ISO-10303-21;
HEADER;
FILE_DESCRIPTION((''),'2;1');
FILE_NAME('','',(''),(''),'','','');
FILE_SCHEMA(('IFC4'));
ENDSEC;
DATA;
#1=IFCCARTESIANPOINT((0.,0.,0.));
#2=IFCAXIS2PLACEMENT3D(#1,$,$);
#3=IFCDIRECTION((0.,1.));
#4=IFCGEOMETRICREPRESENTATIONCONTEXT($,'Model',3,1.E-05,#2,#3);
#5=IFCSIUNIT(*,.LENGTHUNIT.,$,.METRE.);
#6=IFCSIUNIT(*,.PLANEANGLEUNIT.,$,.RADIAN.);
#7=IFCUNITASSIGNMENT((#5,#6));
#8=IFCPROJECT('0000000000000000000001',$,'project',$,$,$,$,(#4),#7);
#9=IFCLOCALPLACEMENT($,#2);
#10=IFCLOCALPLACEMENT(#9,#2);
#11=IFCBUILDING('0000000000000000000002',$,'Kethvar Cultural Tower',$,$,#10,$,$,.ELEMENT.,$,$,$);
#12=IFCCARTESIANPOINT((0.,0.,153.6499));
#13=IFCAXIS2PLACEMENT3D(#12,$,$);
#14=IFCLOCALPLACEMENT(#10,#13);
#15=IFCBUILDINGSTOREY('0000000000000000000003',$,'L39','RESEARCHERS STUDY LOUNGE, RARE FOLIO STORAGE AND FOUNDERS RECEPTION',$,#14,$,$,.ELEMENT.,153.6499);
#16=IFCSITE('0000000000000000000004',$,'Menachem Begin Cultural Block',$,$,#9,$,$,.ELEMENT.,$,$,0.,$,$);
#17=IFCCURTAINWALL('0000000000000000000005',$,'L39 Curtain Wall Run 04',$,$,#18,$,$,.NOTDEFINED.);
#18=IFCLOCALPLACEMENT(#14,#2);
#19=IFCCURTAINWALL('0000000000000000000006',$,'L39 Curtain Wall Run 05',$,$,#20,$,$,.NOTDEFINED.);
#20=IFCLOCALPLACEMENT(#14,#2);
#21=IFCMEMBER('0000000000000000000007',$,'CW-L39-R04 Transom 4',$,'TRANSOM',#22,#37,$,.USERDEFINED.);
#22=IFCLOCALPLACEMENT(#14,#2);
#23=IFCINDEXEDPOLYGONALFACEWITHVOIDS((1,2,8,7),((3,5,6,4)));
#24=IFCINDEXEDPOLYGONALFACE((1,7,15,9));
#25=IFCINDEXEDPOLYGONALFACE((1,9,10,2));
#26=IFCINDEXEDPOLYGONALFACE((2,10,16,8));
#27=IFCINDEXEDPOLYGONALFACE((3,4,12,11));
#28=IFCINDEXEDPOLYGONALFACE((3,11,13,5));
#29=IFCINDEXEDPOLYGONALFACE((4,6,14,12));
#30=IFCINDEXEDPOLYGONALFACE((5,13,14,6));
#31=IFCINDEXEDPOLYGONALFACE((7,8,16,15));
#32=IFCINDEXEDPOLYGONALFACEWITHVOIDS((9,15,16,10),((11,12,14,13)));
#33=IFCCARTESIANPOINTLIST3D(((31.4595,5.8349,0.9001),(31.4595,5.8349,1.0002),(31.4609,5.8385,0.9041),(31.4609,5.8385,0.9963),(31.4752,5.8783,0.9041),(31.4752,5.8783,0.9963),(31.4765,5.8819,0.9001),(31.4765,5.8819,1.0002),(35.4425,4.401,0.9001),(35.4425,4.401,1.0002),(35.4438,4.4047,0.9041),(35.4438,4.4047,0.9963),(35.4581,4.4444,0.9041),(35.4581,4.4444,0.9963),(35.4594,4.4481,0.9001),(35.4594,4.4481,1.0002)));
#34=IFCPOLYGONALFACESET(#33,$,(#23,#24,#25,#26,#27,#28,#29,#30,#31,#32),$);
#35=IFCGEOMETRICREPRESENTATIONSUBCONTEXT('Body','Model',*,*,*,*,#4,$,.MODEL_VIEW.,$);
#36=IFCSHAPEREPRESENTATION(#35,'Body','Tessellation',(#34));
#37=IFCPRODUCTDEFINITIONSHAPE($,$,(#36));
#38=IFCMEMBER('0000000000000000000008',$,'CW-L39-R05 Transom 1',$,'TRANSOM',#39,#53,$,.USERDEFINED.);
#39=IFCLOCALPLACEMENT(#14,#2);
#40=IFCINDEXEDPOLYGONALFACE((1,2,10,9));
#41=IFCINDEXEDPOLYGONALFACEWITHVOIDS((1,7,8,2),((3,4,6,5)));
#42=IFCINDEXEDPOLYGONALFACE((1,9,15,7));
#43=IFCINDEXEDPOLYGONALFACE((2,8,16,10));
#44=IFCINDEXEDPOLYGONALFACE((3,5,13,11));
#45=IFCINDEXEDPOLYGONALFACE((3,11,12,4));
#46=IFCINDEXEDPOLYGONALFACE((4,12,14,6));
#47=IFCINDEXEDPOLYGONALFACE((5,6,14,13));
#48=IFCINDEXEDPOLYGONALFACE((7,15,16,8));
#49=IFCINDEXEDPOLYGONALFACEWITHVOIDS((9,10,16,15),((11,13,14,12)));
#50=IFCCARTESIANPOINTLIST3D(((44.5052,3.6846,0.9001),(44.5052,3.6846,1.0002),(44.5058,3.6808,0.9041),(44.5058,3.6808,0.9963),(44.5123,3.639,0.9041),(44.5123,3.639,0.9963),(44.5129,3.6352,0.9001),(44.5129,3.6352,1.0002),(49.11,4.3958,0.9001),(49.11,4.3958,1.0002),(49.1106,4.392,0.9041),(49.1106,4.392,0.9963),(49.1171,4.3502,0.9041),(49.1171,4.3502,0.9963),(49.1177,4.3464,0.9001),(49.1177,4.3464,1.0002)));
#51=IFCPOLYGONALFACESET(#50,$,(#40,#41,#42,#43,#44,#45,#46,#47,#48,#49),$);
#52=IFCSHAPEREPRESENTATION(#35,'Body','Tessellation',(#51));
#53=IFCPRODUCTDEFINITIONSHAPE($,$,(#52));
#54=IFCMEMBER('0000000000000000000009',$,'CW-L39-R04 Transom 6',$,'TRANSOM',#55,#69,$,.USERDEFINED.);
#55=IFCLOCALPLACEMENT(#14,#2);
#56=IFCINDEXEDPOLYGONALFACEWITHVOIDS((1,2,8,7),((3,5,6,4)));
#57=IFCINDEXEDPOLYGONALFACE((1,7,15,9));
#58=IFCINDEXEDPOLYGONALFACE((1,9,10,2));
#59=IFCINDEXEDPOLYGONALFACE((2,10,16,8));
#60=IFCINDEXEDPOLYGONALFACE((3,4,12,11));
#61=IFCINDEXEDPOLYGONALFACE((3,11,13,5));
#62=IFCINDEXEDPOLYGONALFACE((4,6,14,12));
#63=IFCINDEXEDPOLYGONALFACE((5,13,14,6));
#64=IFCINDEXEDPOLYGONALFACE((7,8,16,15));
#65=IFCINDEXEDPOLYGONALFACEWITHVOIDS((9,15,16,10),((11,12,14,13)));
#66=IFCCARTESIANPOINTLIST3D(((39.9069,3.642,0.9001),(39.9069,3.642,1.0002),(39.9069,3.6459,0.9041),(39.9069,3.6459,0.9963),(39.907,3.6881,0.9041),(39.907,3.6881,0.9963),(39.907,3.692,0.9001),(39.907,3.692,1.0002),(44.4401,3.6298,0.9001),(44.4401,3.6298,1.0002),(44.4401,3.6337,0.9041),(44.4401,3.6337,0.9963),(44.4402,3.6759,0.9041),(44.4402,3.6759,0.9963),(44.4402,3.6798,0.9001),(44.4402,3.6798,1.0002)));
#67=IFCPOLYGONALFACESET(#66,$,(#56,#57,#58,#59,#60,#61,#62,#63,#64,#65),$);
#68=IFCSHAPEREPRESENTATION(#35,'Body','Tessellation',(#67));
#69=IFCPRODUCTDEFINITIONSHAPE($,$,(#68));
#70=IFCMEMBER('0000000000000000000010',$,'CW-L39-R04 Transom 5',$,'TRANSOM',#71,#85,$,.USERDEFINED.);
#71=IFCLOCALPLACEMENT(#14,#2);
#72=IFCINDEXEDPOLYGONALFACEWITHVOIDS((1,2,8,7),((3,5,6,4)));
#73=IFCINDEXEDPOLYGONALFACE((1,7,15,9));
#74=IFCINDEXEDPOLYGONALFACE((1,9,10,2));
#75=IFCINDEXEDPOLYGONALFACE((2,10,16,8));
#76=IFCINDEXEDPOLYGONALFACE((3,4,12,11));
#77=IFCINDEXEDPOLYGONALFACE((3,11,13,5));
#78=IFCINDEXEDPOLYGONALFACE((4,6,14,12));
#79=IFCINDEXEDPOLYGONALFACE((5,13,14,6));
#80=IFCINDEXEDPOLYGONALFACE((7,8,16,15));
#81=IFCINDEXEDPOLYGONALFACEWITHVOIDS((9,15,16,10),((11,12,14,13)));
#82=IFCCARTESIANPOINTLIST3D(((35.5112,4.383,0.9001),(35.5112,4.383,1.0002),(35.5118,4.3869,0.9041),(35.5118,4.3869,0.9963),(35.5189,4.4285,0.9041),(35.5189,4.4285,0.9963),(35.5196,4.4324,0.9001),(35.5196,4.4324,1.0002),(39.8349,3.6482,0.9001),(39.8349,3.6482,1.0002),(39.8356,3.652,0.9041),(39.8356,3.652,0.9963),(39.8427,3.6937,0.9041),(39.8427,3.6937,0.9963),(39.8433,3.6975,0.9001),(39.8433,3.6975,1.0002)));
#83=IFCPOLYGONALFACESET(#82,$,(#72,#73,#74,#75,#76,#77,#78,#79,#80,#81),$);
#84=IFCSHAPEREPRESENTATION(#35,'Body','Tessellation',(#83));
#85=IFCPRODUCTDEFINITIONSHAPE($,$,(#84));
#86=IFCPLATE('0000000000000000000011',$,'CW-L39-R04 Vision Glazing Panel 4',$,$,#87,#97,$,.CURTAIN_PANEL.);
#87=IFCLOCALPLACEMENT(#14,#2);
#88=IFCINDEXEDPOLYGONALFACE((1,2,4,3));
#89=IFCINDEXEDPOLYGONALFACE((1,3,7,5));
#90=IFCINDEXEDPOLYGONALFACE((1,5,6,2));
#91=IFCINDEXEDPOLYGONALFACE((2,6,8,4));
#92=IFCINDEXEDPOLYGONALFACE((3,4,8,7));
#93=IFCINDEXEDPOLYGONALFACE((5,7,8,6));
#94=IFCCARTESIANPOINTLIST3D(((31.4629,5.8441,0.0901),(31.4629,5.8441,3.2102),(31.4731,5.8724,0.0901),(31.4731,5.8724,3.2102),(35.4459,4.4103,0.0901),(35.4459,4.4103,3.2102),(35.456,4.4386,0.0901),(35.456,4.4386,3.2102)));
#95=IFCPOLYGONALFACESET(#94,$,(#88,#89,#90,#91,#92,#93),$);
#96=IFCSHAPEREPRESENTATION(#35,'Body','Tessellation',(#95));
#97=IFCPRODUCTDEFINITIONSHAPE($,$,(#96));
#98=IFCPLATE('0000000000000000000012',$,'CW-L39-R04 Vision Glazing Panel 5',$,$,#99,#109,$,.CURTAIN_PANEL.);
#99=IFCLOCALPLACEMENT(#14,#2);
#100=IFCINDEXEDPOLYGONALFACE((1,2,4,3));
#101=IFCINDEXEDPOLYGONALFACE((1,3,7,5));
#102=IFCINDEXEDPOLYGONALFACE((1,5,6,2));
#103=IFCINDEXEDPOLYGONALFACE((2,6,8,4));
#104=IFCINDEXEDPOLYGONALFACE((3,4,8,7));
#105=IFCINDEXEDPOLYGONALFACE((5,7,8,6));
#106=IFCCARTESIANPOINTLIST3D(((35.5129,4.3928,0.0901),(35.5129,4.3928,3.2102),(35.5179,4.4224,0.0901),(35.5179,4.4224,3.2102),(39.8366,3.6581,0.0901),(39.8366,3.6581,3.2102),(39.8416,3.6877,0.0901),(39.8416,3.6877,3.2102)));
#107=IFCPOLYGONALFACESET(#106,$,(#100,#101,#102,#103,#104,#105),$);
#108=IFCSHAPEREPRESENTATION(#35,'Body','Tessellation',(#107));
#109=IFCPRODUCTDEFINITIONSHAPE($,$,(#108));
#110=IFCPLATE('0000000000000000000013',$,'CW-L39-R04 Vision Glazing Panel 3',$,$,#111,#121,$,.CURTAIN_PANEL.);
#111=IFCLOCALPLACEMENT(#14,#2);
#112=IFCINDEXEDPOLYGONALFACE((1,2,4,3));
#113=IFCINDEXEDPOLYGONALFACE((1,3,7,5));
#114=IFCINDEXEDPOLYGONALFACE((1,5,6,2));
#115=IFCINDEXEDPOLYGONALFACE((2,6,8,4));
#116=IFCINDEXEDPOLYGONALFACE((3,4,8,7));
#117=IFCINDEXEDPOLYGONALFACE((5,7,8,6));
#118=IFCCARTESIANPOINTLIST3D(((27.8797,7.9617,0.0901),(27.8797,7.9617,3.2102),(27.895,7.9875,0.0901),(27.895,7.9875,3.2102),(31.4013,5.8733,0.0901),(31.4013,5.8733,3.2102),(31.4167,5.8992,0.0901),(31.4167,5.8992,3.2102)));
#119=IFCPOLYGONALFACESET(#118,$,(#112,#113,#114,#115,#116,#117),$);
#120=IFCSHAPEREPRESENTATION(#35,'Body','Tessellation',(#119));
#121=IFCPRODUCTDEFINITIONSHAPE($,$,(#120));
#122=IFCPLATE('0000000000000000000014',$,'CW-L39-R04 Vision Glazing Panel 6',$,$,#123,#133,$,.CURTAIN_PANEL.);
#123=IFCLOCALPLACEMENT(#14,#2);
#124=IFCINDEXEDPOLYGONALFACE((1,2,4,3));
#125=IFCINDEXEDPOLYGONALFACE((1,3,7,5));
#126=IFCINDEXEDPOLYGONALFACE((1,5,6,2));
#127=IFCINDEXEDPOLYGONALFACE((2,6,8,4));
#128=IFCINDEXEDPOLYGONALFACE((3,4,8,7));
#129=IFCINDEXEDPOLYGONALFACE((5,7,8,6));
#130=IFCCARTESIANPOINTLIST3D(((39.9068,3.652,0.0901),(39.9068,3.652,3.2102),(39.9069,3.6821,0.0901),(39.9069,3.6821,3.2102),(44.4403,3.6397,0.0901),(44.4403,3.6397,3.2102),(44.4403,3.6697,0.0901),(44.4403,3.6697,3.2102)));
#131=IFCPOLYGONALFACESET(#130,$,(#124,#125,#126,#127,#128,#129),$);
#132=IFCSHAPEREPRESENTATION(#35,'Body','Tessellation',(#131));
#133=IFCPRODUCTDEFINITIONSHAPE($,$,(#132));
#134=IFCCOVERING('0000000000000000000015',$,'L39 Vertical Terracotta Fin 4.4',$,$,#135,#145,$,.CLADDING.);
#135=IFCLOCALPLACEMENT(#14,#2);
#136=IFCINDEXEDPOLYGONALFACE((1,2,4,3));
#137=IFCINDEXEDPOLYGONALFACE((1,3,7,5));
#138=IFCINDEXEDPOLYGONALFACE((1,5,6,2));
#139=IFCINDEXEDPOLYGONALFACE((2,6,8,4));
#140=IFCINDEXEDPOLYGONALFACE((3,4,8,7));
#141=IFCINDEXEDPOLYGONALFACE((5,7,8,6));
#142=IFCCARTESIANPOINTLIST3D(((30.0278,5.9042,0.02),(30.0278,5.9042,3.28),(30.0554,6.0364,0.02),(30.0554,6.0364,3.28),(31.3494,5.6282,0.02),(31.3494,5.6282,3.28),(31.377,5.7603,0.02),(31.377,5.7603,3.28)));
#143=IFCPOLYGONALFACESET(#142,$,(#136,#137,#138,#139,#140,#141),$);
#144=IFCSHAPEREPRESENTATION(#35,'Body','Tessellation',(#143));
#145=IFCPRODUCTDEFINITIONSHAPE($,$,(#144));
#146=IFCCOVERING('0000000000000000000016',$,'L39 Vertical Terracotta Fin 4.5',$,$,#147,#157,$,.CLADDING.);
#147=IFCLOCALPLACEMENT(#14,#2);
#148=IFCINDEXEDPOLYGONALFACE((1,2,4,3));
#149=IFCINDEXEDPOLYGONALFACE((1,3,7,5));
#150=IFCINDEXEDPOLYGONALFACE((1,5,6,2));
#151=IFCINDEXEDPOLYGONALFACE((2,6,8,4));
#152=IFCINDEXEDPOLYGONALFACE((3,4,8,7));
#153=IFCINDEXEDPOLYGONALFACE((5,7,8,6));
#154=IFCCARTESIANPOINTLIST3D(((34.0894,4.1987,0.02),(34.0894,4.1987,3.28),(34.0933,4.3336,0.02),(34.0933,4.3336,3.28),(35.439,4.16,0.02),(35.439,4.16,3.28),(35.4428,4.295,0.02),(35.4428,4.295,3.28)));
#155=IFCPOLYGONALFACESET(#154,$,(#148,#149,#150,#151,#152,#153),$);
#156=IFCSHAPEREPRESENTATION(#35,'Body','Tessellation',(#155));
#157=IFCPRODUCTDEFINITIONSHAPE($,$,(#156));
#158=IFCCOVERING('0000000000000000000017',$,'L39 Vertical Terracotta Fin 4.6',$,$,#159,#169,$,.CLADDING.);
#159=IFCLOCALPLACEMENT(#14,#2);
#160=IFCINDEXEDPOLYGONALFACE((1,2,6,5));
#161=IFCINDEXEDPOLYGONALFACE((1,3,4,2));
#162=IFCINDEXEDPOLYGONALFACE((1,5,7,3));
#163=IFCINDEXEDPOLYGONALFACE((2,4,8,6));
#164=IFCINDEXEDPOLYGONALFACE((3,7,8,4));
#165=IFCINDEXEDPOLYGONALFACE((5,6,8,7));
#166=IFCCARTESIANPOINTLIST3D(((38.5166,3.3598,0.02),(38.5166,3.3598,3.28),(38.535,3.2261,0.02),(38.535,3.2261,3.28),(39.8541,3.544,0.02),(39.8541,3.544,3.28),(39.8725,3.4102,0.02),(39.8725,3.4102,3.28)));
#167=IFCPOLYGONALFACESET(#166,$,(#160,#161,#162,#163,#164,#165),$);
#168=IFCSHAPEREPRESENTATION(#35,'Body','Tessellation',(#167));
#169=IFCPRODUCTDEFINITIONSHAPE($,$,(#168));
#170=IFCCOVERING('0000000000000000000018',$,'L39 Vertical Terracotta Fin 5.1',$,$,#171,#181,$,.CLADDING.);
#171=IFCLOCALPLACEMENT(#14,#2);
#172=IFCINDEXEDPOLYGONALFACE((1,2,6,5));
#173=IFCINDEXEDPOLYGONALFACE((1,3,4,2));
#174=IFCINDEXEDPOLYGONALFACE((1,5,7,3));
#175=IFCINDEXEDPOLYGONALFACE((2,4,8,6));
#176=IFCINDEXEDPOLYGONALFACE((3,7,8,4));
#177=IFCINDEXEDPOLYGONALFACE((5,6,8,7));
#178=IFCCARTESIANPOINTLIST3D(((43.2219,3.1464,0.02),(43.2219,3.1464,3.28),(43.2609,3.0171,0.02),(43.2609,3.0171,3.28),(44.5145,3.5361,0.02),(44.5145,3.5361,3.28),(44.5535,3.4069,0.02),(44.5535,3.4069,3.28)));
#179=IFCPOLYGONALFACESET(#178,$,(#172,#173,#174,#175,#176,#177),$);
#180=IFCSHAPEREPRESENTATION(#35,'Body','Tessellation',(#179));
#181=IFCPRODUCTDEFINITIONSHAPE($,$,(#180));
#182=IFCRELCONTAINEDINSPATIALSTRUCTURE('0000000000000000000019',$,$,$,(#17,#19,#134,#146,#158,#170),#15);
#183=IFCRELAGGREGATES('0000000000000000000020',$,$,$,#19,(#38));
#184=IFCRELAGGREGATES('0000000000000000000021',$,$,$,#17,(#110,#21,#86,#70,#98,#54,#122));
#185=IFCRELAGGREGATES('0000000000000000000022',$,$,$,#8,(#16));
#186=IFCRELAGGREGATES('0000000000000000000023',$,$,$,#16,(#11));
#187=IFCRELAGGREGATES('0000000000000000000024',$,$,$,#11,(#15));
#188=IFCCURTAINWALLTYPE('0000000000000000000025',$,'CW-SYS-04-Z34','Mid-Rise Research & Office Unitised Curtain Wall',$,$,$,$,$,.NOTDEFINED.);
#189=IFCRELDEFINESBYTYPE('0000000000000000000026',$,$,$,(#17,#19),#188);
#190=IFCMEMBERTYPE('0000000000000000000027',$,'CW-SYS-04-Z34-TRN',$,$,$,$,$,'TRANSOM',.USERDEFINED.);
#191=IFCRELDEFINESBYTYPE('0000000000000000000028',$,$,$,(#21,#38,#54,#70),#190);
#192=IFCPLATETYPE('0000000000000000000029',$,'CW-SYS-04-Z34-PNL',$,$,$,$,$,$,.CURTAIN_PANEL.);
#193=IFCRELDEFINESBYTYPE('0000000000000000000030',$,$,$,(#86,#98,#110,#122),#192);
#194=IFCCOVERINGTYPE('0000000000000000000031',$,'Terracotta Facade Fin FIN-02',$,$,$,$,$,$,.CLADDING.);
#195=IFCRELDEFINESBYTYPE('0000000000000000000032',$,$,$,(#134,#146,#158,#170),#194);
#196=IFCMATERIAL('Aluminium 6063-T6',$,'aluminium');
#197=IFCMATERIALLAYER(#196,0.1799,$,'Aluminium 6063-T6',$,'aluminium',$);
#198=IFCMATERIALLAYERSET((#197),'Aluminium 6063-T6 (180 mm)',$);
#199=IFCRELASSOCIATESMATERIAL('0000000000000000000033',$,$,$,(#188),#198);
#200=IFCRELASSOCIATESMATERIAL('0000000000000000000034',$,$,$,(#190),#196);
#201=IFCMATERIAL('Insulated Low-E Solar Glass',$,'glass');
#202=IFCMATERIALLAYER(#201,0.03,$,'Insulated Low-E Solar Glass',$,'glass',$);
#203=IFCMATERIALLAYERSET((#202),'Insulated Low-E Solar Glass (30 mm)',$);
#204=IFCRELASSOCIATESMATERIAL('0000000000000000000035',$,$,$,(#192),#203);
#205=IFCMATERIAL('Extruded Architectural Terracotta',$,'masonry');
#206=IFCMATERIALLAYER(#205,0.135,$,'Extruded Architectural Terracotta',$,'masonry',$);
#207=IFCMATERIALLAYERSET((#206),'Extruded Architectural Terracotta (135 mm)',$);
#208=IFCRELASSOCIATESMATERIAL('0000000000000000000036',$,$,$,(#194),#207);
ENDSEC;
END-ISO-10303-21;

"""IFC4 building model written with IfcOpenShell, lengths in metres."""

from ifc_helpers import new_model, si_unit, direction, frame, origin, origin_2d, place, context, subcontext, project, spatial, rectangle, hollow_rectangle, extrude, source, transform, mapped, material, layer, layer_set, material_profile, profile_set, type_object, element, aggregate, save


model = new_model("IFC4")

# Units and contexts
model_context = context("Model", 3, precision=1e-05, world=origin(), true_north=direction((0.0, 1.0)))
body_context = subcontext(model_context, "Body", "Model", "MODEL_VIEW")
ifc_project = project(units=[si_unit("LENGTHUNIT", "METRE"), si_unit("PLANEANGLEUNIT", "RADIAN")], contexts=[model_context])

# Site, building, storey
site_placement = place(None, origin())
site = spatial("IfcSite", under=ifc_project, at=site_placement, Name="Menachem Begin Cultural Block", CompositionType="ELEMENT", RefElevation=0.0)
building_placement = place(site_placement, origin())
building = spatial("IfcBuilding", under=site, at=building_placement, Name="Kethvar Cultural Tower", CompositionType="ELEMENT")
storey_placement = place(building_placement, frame((0.0, 0.0, 153.6499)))
storey = spatial("IfcBuildingStorey", under=building, at=storey_placement, Name="L39", Description="RESEARCHERS STUDY LOUNGE, RARE FOLIO STORAGE AND FOUNDERS RECEPTION", CompositionType="ELEMENT", Elevation=153.6499)

# Curtain wall
ifc_material_1 = material(Name="Aluminium 6063-T6", Category="aluminium")
ifc_layer_1 = layer(ifc_material_1, 0.1799, Name="Aluminium 6063-T6", Category="aluminium")
ifc_layer_set_1 = layer_set([ifc_layer_1], Name="Aluminium 6063-T6 (180 mm)")
curtain_wall_type = type_object("IfcCurtainWallType", Name="CW-SYS-04-Z34", Description="Mid-Rise Research & Office Unitised Curtain Wall", PredefinedType="NOTDEFINED", material=ifc_layer_set_1)
curtain_wall_1_placement = place(storey_placement, origin())
curtain_wall_1 = element("IfcCurtainWall", 1, at=curtain_wall_1_placement, inside=storey, type_object=curtain_wall_type, Name="L39 Curtain Wall Run 04", PredefinedType="NOTDEFINED")

# Curtain wall
curtain_wall_2_placement = place(storey_placement, origin())
curtain_wall_2 = element("IfcCurtainWall", 2, at=curtain_wall_2_placement, inside=storey, type_object=curtain_wall_type, Name="L39 Curtain Wall Run 05", PredefinedType="NOTDEFINED")

# Members
ifc_material_profile_1 = material_profile(ifc_material_1, hollow_rectangle(XDim=0.05, YDim=0.1001, WallThickness=0.0039, at=origin_2d()), Name="Aluminium 6063-T6 — RHS100x50x4")
ifc_profile_set_1 = profile_set([ifc_material_profile_1], Name="Aluminium 6063-T6 — RHS100x50x4")
member_type_1 = type_object("IfcMemberType", Name="CW-SYS-04-Z34-TRN", ElementType="TRANSOM", PredefinedType="USERDEFINED", material=ifc_profile_set_1)
shared_shape_1 = source(origin(), body_context, "Body", "SweptSolid", [
    extrude(hollow_rectangle(XDim=0.05, YDim=0.1001, WallThickness=0.0039, at=origin_2d()), origin(), (0.0, 0.0, 1.0), 4.2332),
])
member_1_placement = place(storey_placement, frame((31.468, 5.8584, 0.9502), z_axis=(0.940888, -0.338717, 0.0), x_axis=(0.338717, 0.940888, 0.0)))
member_1 = element("IfcMember", 3, at=member_1_placement, type_object=member_type_1, Name="CW-L39-R04 Transom 4", ObjectType="TRANSOM", PredefinedType="USERDEFINED", context=body_context, shape_type="MappedRepresentation", body=[
    mapped(shared_shape_1, transform((0.0, 0.0, 0.0), scale=1.0)),
])
shared_shape_2 = source(origin(), body_context, "Body", "SweptSolid", [
    extrude(hollow_rectangle(XDim=0.05, YDim=0.1001, WallThickness=0.0039, at=origin_2d()), origin(), (0.0, 0.0, 1.0), 4.6594),
])
member_2_placement = place(storey_placement, frame((44.509, 3.6599, 0.9502), z_axis=(0.988282, 0.152636, 0.0), x_axis=(-0.152636, 0.988282, 0.0)))
member_2 = element("IfcMember", 4, at=member_2_placement, type_object=member_type_1, Name="CW-L39-R05 Transom 1", ObjectType="TRANSOM", PredefinedType="USERDEFINED", context=body_context, shape_type="MappedRepresentation", body=[
    mapped(shared_shape_2, transform((0.0, 0.0, 0.0), scale=1.0)),
])
aggregate(curtain_wall_2, [member_2])
shared_shape_3 = source(origin(), body_context, "Body", "SweptSolid", [
    extrude(hollow_rectangle(XDim=0.05, YDim=0.1001, WallThickness=0.0039, at=origin_2d()), origin(), (0.0, 0.0, 1.0), 4.5332),
])
member_3_placement = place(storey_placement, frame((39.907, 3.667, 0.9502), z_axis=(0.999996, -0.002693, 0.0), x_axis=(0.002693, 0.999996, 0.0)))
member_3 = element("IfcMember", 5, at=member_3_placement, type_object=member_type_1, Name="CW-L39-R04 Transom 6", ObjectType="TRANSOM", PredefinedType="USERDEFINED", context=body_context, shape_type="MappedRepresentation", body=[
    mapped(shared_shape_3, transform((0.0, 0.0, 0.0), scale=1.0)),
])
shared_shape_4 = source(origin(), body_context, "Body", "SweptSolid", [
    extrude(hollow_rectangle(XDim=0.05, YDim=0.1001, WallThickness=0.0039, at=origin_2d()), origin(), (0.0, 0.0, 1.0), 4.3857),
])
member_4_placement = place(storey_placement, frame((35.5154, 4.4077, 0.9502), z_axis=(0.985862, -0.167558, 0.0), x_axis=(0.167558, 0.985862, 0.0)))
member_4 = element("IfcMember", 6, at=member_4_placement, type_object=member_type_1, Name="CW-L39-R04 Transom 5", ObjectType="TRANSOM", PredefinedType="USERDEFINED", context=body_context, shape_type="MappedRepresentation", body=[
    mapped(shared_shape_4, transform((0.0, 0.0, 0.0), scale=1.0)),
])

# Plates
ifc_material_2 = material(Name="Insulated Low-E Solar Glass", Category="glass")
ifc_layer_2 = layer(ifc_material_2, 0.03, Name="Insulated Low-E Solar Glass", Category="glass")
ifc_layer_set_2 = layer_set([ifc_layer_2], Name="Insulated Low-E Solar Glass (30 mm)")
plate_type = type_object("IfcPlateType", Name="CW-SYS-04-Z34-PNL", PredefinedType="CURTAIN_PANEL", material=ifc_layer_set_2)
shared_shape_5 = source(origin(), body_context, "Body", "SweptSolid", [
    extrude(rectangle(XDim=4.2332, YDim=0.03, at=origin_2d()), origin(), (0.0, 0.0, 1.0), 3.1201),
])
plate_1_placement = place(storey_placement, frame((33.4595, 5.1414, 0.0901), z_axis=(0.0, 0.0, 1.0), x_axis=(0.940893, -0.338705, 0.0)))
plate_1 = element("IfcPlate", 7, at=plate_1_placement, type_object=plate_type, Name="CW-L39-R04 Vision Glazing Panel 4", PredefinedType="CURTAIN_PANEL", context=body_context, shape_type="MappedRepresentation", body=[
    mapped(shared_shape_5, transform((0.0, 0.0, 0.0), scale=1.0)),
])
shared_shape_6 = source(origin(), body_context, "Body", "SweptSolid", [
    extrude(rectangle(XDim=4.3857, YDim=0.03, at=origin_2d()), origin(), (0.0, 0.0, 1.0), 3.1201),
])
plate_2_placement = place(storey_placement, frame((37.6772, 4.0403, 0.0901), z_axis=(0.0, 0.0, 1.0), x_axis=(0.985868, -0.167526, 0.0)))
plate_2 = element("IfcPlate", 8, at=plate_2_placement, type_object=plate_type, Name="CW-L39-R04 Vision Glazing Panel 5", PredefinedType="CURTAIN_PANEL", context=body_context, shape_type="MappedRepresentation", body=[
    mapped(shared_shape_6, transform((0.0, 0.0, 0.0), scale=1.0)),
])
shared_shape_7 = source(origin(), body_context, "Body", "SweptSolid", [
    extrude(rectangle(XDim=4.0942, YDim=0.03, at=origin_2d()), origin(), (0.0, 0.0, 1.0), 3.1201),
])
plate_3_placement = place(storey_placement, frame((29.6482, 6.9304, 0.0901), z_axis=(0.0, 0.0, 1.0), x_axis=(0.860137, -0.510063, 0.0)))
plate_3 = element("IfcPlate", 9, at=plate_3_placement, type_object=plate_type, Name="CW-L39-R04 Vision Glazing Panel 3", PredefinedType="CURTAIN_PANEL", context=body_context, shape_type="MappedRepresentation", body=[
    mapped(shared_shape_7, transform((0.0, 0.0, 0.0), scale=1.0)),
])
shared_shape_8 = source(origin(), body_context, "Body", "SweptSolid", [
    extrude(rectangle(XDim=4.5334, YDim=0.03, at=origin_2d()), origin(), (0.0, 0.0, 1.0), 3.1201),
])
plate_4_placement = place(storey_placement, frame((42.1736, 3.6609, 0.0901), z_axis=(0.0, 0.0, 1.0), x_axis=(0.999996, -0.002723, 0.0)))
plate_4 = element("IfcPlate", 10, at=plate_4_placement, type_object=plate_type, Name="CW-L39-R04 Vision Glazing Panel 6", PredefinedType="CURTAIN_PANEL", context=body_context, shape_type="MappedRepresentation", body=[
    mapped(shared_shape_8, transform((0.0, 0.0, 0.0), scale=1.0)),
])
aggregate(curtain_wall_1, [plate_3, member_1, plate_1, member_4, plate_2, member_3, plate_4])

# Coverings
ifc_material_3 = material(Name="Extruded Architectural Terracotta", Category="masonry")
ifc_layer_3 = layer(ifc_material_3, 0.135, Name="Extruded Architectural Terracotta", Category="masonry")
ifc_layer_set_3 = layer_set([ifc_layer_3], Name="Extruded Architectural Terracotta (135 mm)")
covering_type = type_object("IfcCoveringType", Name="Terracotta Facade Fin FIN-02", PredefinedType="CLADDING", material=ifc_layer_set_3)
shared_shape_9 = source(origin(), body_context, "Body", "SweptSolid", [
    extrude(rectangle(XDim=1.3501, YDim=0.135, at=origin_2d()), origin(), (0.0, 0.0, 1.0), 3.26),
])
for number, where, z_axis, x_axis, name in (
    (11, (30.7024, 5.8323, 0.02), (0.0, 0.0, 1.0), (-0.978867, 0.204496, 0.0), "L39 Vertical Terracotta Fin 4.4"),
    (12, (34.7661, 4.2468, 0.02), (0.0, 0.0, 1.0), (-0.99959, 0.028619, 0.0), "L39 Vertical Terracotta Fin 4.5"),
    (13, (39.1946, 3.385, 0.02), (0.0, 0.0, 1.0), (-0.990653, -0.136407, 0.0), "L39 Vertical Terracotta Fin 4.6"),
    (14, (43.8877, 3.2766, 0.02), (0.0, 0.0, 1.0), (-0.95742, -0.288698, 0.0), "L39 Vertical Terracotta Fin 5.1"),
):
    element("IfcCovering", number, at=place(storey_placement, frame(where, z_axis=z_axis, x_axis=x_axis)), inside=storey, type_object=covering_type, Name=name, PredefinedType="CLADDING", context=body_context, shape_type="MappedRepresentation", body=[
        mapped(shared_shape_9, transform((0.0, 0.0, 0.0), scale=1.0)),
    ])

save(model, "model.ifc")
